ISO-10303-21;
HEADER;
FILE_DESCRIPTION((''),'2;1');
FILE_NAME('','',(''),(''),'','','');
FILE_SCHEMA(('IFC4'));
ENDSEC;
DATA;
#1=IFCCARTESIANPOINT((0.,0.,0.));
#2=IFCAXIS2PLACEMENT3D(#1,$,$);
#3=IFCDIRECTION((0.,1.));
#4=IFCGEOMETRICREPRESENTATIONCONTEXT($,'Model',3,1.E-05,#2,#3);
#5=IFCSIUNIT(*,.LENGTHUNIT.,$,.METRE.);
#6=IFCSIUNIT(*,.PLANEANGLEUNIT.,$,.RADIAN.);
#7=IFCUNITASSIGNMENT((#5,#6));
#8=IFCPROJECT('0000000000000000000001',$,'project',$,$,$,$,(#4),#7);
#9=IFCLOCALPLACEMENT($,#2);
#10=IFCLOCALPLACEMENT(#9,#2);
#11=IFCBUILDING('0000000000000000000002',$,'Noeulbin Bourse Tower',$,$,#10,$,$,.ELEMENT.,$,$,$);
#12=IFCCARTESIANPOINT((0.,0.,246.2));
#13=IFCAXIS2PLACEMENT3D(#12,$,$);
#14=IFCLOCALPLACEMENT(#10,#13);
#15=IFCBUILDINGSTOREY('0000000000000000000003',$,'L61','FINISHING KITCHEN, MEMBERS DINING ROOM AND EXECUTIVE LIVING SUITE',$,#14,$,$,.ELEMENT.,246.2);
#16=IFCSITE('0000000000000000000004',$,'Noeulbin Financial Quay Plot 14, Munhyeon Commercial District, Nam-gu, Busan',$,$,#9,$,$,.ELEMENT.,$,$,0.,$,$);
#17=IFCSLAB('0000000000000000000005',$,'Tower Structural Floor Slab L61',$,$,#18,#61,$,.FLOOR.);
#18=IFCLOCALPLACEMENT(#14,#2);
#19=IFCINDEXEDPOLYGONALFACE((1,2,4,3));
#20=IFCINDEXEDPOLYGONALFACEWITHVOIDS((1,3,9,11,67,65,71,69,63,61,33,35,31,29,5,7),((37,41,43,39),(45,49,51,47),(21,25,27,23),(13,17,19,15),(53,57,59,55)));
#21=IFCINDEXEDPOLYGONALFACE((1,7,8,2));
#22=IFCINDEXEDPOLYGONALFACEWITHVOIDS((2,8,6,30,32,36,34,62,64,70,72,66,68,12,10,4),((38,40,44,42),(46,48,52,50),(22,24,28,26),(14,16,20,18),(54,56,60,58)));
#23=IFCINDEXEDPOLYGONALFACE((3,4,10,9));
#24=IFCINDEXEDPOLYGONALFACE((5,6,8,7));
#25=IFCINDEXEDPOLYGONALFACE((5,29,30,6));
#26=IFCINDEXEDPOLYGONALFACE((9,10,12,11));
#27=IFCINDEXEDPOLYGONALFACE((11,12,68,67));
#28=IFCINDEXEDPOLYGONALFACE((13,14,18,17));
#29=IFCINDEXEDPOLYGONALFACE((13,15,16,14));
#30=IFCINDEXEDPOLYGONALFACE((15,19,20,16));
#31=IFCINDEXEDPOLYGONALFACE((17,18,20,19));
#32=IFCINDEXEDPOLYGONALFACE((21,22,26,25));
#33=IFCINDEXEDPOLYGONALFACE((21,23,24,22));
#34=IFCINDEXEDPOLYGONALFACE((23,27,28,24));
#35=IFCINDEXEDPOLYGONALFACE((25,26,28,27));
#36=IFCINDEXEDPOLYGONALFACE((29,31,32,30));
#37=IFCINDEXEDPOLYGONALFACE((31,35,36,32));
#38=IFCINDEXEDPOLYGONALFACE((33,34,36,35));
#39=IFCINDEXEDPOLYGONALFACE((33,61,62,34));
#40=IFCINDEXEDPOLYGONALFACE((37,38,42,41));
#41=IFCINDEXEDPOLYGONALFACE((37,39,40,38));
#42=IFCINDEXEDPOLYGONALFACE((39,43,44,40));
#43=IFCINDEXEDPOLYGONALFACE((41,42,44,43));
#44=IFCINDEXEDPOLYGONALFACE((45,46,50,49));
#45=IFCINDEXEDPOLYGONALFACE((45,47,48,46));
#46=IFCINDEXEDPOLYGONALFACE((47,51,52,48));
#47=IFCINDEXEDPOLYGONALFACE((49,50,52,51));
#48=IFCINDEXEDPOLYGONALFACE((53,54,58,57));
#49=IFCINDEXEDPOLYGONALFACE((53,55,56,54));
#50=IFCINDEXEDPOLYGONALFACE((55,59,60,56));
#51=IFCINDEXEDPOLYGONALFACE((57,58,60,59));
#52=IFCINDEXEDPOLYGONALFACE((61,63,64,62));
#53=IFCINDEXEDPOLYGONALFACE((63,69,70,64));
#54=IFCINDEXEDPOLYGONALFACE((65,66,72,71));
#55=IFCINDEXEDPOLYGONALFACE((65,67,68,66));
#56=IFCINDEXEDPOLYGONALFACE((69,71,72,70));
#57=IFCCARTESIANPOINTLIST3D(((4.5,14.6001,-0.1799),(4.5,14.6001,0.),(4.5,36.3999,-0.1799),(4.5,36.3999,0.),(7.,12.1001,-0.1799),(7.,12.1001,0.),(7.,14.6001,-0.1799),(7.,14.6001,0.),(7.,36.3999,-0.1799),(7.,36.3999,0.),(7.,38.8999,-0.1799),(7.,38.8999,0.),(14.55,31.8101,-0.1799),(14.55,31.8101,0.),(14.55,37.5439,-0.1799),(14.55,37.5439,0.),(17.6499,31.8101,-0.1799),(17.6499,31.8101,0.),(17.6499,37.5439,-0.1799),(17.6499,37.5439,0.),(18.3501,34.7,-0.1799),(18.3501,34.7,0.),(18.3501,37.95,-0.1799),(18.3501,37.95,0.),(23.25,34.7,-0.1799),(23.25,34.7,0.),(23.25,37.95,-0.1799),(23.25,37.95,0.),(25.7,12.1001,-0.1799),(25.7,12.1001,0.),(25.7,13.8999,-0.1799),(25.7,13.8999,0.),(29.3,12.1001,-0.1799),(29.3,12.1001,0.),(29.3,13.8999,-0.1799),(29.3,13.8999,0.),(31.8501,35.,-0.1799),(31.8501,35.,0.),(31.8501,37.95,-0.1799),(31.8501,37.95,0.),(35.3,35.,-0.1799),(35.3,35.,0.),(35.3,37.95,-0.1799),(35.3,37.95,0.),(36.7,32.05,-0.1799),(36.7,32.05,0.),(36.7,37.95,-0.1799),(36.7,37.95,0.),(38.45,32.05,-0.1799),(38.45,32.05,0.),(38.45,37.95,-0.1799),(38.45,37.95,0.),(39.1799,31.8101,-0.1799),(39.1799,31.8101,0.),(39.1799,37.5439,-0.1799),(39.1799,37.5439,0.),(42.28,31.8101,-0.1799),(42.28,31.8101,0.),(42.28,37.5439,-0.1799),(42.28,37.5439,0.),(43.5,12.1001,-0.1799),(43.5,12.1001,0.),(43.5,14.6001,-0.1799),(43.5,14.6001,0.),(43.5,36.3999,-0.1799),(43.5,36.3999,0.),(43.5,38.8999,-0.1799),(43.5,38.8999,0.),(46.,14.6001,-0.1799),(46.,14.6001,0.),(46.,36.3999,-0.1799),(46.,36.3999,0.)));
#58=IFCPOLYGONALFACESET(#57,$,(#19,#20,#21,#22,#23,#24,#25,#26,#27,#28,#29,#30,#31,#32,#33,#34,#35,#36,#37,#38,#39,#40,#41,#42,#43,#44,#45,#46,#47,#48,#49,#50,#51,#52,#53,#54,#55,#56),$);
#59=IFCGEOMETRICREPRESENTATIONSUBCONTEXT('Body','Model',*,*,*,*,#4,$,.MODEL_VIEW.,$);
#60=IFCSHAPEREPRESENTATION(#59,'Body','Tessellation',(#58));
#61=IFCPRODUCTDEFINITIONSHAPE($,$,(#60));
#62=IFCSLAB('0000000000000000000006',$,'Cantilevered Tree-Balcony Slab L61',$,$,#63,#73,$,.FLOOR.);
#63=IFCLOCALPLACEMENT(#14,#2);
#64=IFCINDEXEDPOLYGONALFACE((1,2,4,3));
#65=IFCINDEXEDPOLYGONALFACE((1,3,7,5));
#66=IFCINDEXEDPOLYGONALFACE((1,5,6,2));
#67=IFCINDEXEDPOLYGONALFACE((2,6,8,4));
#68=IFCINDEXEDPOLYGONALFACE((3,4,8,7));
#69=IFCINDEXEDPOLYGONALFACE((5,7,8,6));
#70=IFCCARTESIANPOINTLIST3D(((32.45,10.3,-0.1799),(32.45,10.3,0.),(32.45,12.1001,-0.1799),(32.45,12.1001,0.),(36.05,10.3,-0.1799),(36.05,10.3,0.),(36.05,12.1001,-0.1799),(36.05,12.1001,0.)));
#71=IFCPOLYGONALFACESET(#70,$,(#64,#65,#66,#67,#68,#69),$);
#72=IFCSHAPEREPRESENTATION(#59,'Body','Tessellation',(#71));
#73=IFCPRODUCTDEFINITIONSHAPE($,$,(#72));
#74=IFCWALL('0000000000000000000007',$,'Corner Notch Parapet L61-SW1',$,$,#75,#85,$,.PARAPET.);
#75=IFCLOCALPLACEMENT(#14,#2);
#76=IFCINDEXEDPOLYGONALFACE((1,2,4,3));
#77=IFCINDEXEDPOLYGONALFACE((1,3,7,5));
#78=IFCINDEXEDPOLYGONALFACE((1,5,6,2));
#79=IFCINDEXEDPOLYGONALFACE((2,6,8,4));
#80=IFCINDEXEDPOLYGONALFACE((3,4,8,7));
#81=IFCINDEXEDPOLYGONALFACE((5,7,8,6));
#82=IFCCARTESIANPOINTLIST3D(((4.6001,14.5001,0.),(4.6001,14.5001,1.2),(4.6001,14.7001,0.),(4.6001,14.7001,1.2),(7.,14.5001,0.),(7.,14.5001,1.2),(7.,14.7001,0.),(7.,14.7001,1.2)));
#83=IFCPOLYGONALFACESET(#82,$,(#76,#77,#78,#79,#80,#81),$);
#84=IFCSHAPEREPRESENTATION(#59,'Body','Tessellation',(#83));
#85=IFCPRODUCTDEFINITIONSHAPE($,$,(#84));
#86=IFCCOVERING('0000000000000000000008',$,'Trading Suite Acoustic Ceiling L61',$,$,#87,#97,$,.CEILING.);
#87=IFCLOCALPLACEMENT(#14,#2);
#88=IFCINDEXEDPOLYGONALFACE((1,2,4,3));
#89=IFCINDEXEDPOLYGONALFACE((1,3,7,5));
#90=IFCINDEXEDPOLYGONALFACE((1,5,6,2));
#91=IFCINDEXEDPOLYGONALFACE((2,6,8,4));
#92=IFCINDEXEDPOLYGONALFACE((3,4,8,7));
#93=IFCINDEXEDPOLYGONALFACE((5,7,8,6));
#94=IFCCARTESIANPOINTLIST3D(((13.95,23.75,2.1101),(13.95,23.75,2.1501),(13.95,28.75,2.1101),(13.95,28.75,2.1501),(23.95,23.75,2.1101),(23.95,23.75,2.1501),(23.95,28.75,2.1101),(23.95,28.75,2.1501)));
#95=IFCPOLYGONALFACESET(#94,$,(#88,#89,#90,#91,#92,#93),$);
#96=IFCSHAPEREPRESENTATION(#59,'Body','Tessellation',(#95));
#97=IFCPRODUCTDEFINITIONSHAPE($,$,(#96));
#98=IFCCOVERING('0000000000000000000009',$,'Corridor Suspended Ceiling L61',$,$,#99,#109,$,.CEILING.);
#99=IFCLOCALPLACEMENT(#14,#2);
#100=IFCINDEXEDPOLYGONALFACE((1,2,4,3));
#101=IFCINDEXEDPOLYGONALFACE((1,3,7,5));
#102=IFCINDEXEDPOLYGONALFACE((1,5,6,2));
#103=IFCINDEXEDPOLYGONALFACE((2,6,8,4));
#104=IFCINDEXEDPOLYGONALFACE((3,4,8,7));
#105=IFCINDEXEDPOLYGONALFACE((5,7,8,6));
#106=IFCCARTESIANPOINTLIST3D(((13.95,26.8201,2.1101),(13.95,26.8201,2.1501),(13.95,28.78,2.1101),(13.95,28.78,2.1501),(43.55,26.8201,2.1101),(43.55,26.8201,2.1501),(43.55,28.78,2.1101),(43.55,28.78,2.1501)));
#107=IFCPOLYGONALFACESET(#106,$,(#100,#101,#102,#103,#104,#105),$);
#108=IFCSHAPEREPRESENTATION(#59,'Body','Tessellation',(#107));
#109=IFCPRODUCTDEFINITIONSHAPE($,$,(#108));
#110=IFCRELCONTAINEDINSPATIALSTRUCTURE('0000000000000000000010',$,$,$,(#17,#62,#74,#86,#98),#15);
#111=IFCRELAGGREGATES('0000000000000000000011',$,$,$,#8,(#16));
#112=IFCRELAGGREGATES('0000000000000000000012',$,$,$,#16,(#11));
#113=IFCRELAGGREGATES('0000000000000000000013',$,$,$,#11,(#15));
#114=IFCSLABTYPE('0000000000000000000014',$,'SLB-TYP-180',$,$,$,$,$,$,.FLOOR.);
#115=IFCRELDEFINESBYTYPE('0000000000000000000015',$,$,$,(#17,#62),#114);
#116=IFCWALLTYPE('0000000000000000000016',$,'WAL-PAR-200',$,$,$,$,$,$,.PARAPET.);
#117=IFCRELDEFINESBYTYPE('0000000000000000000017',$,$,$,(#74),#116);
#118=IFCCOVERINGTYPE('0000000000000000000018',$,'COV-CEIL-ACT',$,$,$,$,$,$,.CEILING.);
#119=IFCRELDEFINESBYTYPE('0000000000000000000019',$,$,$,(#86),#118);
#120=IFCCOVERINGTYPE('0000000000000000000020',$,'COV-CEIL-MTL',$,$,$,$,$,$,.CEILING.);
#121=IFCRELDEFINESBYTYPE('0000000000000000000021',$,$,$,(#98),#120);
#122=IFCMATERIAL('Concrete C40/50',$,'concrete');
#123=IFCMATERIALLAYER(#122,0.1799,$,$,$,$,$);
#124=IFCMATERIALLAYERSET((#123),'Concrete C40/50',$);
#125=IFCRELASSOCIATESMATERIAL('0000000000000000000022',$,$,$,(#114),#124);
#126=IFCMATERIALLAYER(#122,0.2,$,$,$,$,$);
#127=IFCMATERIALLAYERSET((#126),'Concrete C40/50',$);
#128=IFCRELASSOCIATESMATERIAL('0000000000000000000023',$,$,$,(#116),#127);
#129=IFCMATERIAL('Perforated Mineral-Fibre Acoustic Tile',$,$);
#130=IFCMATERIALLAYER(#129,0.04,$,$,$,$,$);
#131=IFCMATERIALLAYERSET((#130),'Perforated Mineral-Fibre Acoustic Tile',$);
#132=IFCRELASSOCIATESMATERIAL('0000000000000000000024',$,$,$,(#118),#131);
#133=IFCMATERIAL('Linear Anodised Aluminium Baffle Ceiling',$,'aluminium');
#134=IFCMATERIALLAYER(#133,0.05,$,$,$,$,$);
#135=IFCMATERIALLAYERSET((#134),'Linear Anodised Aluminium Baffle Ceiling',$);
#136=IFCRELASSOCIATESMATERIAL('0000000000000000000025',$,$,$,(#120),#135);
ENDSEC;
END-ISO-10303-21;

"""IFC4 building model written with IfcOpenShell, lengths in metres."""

from ifc_helpers import new_model, si_unit, direction, frame, frame_2d, origin, place, context, subcontext, project, spatial, polyline, rectangle, outline, extrude, material, layer, layer_set, type_object, element, save


model = new_model("IFC4")

# Units and contexts
model_context = context("Model", 3, precision=1e-05, world=origin(), true_north=direction((0.0, 1.0)))
body_context = subcontext(model_context, "Body", "Model", "MODEL_VIEW")
ifc_project = project(units=[si_unit("LENGTHUNIT", "METRE"), si_unit("PLANEANGLEUNIT", "RADIAN")], contexts=[model_context])

# Site, building, storey
site_placement = place(None, origin())
site = spatial("IfcSite", under=ifc_project, at=site_placement, Name="Noeulbin Financial Quay Plot 14, Munhyeon Commercial District, Nam-gu, Busan", CompositionType="ELEMENT", RefElevation=0.0)
building_placement = place(site_placement, origin())
building = spatial("IfcBuilding", under=site, at=building_placement, Name="Noeulbin Bourse Tower", CompositionType="ELEMENT")
storey_placement = place(building_placement, frame((0.0, 0.0, 246.2)))
storey = spatial("IfcBuildingStorey", under=building, at=storey_placement, Name="L61", Description="FINISHING KITCHEN, MEMBERS DINING ROOM AND EXECUTIVE LIVING SUITE", CompositionType="ELEMENT", Elevation=246.2)

# Shared definitions
ifc_material_1 = material(Name="Concrete C40/50", Category="concrete")

# Slab, openings
ifc_layer_1 = layer(ifc_material_1, 0.1799)
ifc_layer_set_1 = layer_set([ifc_layer_1], Name="Concrete C40/50")
slab_type_1 = type_object("IfcSlabType", Name="SLB-TYP-180", PredefinedType="FLOOR", material=ifc_layer_set_1)
slab_1_placement = place(storey_placement, frame((0.0, 0.0, -0.1799)))
slab_1 = element("IfcSlab", 1, at=slab_1_placement, inside=storey, type_object=slab_type_1, Name="Tower Structural Floor Slab L61", PredefinedType="FLOOR", context=body_context, shape_type="SweptSolid", body=[
    extrude(outline(polyline([(7.0, 12.1001), (25.7, 12.1001), (25.7, 13.8999), (29.3, 13.8999), (29.3, 12.1001), (43.5, 12.1001), (43.5, 14.6001), (46.0, 14.6001), (46.0, 36.3999), (43.5, 36.3999), (43.5, 38.8999), (7.0, 38.8999), (7.0, 36.3999), (4.5, 36.3999), (4.5, 14.6001), (7.0, 14.6001), (7.0, 12.1001)]), holes=[polyline([(17.6499, 31.8101), (17.6499, 37.5439), (14.55, 37.5439), (14.55, 31.8101), (17.6499, 31.8101)]), polyline([(42.28, 31.8101), (42.28, 37.5439), (39.1799, 37.5439), (39.1799, 31.8101), (42.28, 31.8101)]), polyline([(18.3501, 34.7), (23.25, 34.7), (23.25, 37.95), (18.3501, 37.95), (18.3501, 34.7)]), polyline([(36.7, 32.05), (38.45, 32.05), (38.45, 37.95), (36.7, 37.95), (36.7, 32.05)]), polyline([(31.8501, 35.0), (35.3, 35.0), (35.3, 37.95), (31.8501, 37.95), (31.8501, 35.0)])]), origin(), (0.0, 0.0, 1.0), 0.1799),
])
opening_1_placement = place(slab_1_placement, frame((0.0, 0.0, -0.01)))
element("IfcOpeningElement", 2, at=opening_1_placement, cuts=slab_1, PredefinedType="OPENING", context=body_context, shape_type="SweptSolid", body=[
    extrude(outline(polyline([(17.6499, 31.8101), (17.6499, 37.5439), (14.55, 37.5439), (14.55, 31.8101), (17.6499, 31.8101)])), origin(), (0.0, 0.0, 1.0), 0.2),
])
opening_2_placement = place(slab_1_placement, frame((0.0, 0.0, -0.01)))
element("IfcOpeningElement", 3, at=opening_2_placement, cuts=slab_1, PredefinedType="OPENING", context=body_context, shape_type="SweptSolid", body=[
    extrude(outline(polyline([(42.28, 31.8101), (42.28, 37.5439), (39.1799, 37.5439), (39.1799, 31.8101), (42.28, 31.8101)])), origin(), (0.0, 0.0, 1.0), 0.2),
])
opening_3_placement = place(slab_1_placement, frame((0.0, 0.0, -0.01)))
element("IfcOpeningElement", 4, at=opening_3_placement, cuts=slab_1, PredefinedType="OPENING", context=body_context, shape_type="SweptSolid", body=[
    extrude(outline(polyline([(18.3501, 34.7), (23.25, 34.7), (23.25, 37.95), (18.3501, 37.95), (18.3501, 34.7)])), origin(), (0.0, 0.0, 1.0), 0.2),
])
opening_4_placement = place(slab_1_placement, frame((0.0, 0.0, -0.01)))
element("IfcOpeningElement", 5, at=opening_4_placement, cuts=slab_1, PredefinedType="OPENING", context=body_context, shape_type="SweptSolid", body=[
    extrude(outline(polyline([(36.7, 32.05), (38.45, 32.05), (38.45, 37.95), (36.7, 37.95), (36.7, 32.05)])), origin(), (0.0, 0.0, 1.0), 0.2),
])
opening_5_placement = place(slab_1_placement, frame((0.0, 0.0, -0.01)))
element("IfcOpeningElement", 6, at=opening_5_placement, cuts=slab_1, PredefinedType="OPENING", context=body_context, shape_type="SweptSolid", body=[
    extrude(outline(polyline([(31.8501, 35.0), (35.3, 35.0), (35.3, 37.95), (31.8501, 37.95), (31.8501, 35.0)])), origin(), (0.0, 0.0, 1.0), 0.2),
])

# Slab
slab_2_placement = place(storey_placement, frame((0.0, 0.0, -0.1799)))
element("IfcSlab", 7, at=slab_2_placement, inside=storey, type_object=slab_type_1, Name="Cantilevered Tree-Balcony Slab L61", PredefinedType="FLOOR", context=body_context, shape_type="SweptSolid", body=[
    extrude(outline(polyline([(32.45, 10.3), (36.05, 10.3), (36.05, 12.1001), (32.45, 12.1001), (32.45, 10.3)])), origin(), (0.0, 0.0, 1.0), 0.1799),
])

# Wall
ifc_layer_2 = layer(ifc_material_1, 0.2)
ifc_layer_set_2 = layer_set([ifc_layer_2], Name="Concrete C40/50")
wall_type = type_object("IfcWallType", Name="WAL-PAR-200", PredefinedType="PARAPET", material=ifc_layer_set_2)
wall_placement = place(storey_placement, frame((4.6001, 14.6001, 0.0), z_axis=(0.0, 0.0, 1.0), x_axis=(1.0, 0.0, 0.0)))
element("IfcWall", 8, at=wall_placement, inside=storey, type_object=wall_type, Name="Corner Notch Parapet L61-SW1", PredefinedType="PARAPET", context=body_context, shape_type="SweptSolid", body=[
    extrude(rectangle(XDim=2.3999, YDim=0.2, at=frame_2d((1.2, 0.0))), origin(), (0.0, 0.0, 1.0), 1.2),
])

# Coverings
ifc_material_2 = material(Name="Perforated Mineral-Fibre Acoustic Tile")
ifc_layer_3 = layer(ifc_material_2, 0.04)
ifc_layer_set_3 = layer_set([ifc_layer_3], Name="Perforated Mineral-Fibre Acoustic Tile")
covering_type_1 = type_object("IfcCoveringType", Name="COV-CEIL-ACT", PredefinedType="CEILING", material=ifc_layer_set_3)
covering_1_placement = place(storey_placement, frame((0.0, 0.0, 2.1101)))
element("IfcCovering", 9, at=covering_1_placement, inside=storey, type_object=covering_type_1, Name="Trading Suite Acoustic Ceiling L61", PredefinedType="CEILING", context=body_context, shape_type="SweptSolid", body=[
    extrude(outline(polyline([(13.95, 23.75), (23.95, 23.75), (23.95, 28.75), (13.95, 28.75), (13.95, 23.75)])), origin(), (0.0, 0.0, 1.0), 0.04),
])
ifc_material_3 = material(Name="Linear Anodised Aluminium Baffle Ceiling", Category="aluminium")
ifc_layer_4 = layer(ifc_material_3, 0.05)
ifc_layer_set_4 = layer_set([ifc_layer_4], Name="Linear Anodised Aluminium Baffle Ceiling")
covering_type_2 = type_object("IfcCoveringType", Name="COV-CEIL-MTL", PredefinedType="CEILING", material=ifc_layer_set_4)
covering_2_placement = place(storey_placement, frame((0.0, 0.0, 2.1101)))
element("IfcCovering", 10, at=covering_2_placement, inside=storey, type_object=covering_type_2, Name="Corridor Suspended Ceiling L61", PredefinedType="CEILING", context=body_context, shape_type="SweptSolid", body=[
    extrude(outline(polyline([(13.95, 26.8201), (43.55, 26.8201), (43.55, 28.78), (13.95, 28.78), (13.95, 26.8201)])), origin(), (0.0, 0.0, 1.0), 0.04),
])

save(model, "model.ifc")
